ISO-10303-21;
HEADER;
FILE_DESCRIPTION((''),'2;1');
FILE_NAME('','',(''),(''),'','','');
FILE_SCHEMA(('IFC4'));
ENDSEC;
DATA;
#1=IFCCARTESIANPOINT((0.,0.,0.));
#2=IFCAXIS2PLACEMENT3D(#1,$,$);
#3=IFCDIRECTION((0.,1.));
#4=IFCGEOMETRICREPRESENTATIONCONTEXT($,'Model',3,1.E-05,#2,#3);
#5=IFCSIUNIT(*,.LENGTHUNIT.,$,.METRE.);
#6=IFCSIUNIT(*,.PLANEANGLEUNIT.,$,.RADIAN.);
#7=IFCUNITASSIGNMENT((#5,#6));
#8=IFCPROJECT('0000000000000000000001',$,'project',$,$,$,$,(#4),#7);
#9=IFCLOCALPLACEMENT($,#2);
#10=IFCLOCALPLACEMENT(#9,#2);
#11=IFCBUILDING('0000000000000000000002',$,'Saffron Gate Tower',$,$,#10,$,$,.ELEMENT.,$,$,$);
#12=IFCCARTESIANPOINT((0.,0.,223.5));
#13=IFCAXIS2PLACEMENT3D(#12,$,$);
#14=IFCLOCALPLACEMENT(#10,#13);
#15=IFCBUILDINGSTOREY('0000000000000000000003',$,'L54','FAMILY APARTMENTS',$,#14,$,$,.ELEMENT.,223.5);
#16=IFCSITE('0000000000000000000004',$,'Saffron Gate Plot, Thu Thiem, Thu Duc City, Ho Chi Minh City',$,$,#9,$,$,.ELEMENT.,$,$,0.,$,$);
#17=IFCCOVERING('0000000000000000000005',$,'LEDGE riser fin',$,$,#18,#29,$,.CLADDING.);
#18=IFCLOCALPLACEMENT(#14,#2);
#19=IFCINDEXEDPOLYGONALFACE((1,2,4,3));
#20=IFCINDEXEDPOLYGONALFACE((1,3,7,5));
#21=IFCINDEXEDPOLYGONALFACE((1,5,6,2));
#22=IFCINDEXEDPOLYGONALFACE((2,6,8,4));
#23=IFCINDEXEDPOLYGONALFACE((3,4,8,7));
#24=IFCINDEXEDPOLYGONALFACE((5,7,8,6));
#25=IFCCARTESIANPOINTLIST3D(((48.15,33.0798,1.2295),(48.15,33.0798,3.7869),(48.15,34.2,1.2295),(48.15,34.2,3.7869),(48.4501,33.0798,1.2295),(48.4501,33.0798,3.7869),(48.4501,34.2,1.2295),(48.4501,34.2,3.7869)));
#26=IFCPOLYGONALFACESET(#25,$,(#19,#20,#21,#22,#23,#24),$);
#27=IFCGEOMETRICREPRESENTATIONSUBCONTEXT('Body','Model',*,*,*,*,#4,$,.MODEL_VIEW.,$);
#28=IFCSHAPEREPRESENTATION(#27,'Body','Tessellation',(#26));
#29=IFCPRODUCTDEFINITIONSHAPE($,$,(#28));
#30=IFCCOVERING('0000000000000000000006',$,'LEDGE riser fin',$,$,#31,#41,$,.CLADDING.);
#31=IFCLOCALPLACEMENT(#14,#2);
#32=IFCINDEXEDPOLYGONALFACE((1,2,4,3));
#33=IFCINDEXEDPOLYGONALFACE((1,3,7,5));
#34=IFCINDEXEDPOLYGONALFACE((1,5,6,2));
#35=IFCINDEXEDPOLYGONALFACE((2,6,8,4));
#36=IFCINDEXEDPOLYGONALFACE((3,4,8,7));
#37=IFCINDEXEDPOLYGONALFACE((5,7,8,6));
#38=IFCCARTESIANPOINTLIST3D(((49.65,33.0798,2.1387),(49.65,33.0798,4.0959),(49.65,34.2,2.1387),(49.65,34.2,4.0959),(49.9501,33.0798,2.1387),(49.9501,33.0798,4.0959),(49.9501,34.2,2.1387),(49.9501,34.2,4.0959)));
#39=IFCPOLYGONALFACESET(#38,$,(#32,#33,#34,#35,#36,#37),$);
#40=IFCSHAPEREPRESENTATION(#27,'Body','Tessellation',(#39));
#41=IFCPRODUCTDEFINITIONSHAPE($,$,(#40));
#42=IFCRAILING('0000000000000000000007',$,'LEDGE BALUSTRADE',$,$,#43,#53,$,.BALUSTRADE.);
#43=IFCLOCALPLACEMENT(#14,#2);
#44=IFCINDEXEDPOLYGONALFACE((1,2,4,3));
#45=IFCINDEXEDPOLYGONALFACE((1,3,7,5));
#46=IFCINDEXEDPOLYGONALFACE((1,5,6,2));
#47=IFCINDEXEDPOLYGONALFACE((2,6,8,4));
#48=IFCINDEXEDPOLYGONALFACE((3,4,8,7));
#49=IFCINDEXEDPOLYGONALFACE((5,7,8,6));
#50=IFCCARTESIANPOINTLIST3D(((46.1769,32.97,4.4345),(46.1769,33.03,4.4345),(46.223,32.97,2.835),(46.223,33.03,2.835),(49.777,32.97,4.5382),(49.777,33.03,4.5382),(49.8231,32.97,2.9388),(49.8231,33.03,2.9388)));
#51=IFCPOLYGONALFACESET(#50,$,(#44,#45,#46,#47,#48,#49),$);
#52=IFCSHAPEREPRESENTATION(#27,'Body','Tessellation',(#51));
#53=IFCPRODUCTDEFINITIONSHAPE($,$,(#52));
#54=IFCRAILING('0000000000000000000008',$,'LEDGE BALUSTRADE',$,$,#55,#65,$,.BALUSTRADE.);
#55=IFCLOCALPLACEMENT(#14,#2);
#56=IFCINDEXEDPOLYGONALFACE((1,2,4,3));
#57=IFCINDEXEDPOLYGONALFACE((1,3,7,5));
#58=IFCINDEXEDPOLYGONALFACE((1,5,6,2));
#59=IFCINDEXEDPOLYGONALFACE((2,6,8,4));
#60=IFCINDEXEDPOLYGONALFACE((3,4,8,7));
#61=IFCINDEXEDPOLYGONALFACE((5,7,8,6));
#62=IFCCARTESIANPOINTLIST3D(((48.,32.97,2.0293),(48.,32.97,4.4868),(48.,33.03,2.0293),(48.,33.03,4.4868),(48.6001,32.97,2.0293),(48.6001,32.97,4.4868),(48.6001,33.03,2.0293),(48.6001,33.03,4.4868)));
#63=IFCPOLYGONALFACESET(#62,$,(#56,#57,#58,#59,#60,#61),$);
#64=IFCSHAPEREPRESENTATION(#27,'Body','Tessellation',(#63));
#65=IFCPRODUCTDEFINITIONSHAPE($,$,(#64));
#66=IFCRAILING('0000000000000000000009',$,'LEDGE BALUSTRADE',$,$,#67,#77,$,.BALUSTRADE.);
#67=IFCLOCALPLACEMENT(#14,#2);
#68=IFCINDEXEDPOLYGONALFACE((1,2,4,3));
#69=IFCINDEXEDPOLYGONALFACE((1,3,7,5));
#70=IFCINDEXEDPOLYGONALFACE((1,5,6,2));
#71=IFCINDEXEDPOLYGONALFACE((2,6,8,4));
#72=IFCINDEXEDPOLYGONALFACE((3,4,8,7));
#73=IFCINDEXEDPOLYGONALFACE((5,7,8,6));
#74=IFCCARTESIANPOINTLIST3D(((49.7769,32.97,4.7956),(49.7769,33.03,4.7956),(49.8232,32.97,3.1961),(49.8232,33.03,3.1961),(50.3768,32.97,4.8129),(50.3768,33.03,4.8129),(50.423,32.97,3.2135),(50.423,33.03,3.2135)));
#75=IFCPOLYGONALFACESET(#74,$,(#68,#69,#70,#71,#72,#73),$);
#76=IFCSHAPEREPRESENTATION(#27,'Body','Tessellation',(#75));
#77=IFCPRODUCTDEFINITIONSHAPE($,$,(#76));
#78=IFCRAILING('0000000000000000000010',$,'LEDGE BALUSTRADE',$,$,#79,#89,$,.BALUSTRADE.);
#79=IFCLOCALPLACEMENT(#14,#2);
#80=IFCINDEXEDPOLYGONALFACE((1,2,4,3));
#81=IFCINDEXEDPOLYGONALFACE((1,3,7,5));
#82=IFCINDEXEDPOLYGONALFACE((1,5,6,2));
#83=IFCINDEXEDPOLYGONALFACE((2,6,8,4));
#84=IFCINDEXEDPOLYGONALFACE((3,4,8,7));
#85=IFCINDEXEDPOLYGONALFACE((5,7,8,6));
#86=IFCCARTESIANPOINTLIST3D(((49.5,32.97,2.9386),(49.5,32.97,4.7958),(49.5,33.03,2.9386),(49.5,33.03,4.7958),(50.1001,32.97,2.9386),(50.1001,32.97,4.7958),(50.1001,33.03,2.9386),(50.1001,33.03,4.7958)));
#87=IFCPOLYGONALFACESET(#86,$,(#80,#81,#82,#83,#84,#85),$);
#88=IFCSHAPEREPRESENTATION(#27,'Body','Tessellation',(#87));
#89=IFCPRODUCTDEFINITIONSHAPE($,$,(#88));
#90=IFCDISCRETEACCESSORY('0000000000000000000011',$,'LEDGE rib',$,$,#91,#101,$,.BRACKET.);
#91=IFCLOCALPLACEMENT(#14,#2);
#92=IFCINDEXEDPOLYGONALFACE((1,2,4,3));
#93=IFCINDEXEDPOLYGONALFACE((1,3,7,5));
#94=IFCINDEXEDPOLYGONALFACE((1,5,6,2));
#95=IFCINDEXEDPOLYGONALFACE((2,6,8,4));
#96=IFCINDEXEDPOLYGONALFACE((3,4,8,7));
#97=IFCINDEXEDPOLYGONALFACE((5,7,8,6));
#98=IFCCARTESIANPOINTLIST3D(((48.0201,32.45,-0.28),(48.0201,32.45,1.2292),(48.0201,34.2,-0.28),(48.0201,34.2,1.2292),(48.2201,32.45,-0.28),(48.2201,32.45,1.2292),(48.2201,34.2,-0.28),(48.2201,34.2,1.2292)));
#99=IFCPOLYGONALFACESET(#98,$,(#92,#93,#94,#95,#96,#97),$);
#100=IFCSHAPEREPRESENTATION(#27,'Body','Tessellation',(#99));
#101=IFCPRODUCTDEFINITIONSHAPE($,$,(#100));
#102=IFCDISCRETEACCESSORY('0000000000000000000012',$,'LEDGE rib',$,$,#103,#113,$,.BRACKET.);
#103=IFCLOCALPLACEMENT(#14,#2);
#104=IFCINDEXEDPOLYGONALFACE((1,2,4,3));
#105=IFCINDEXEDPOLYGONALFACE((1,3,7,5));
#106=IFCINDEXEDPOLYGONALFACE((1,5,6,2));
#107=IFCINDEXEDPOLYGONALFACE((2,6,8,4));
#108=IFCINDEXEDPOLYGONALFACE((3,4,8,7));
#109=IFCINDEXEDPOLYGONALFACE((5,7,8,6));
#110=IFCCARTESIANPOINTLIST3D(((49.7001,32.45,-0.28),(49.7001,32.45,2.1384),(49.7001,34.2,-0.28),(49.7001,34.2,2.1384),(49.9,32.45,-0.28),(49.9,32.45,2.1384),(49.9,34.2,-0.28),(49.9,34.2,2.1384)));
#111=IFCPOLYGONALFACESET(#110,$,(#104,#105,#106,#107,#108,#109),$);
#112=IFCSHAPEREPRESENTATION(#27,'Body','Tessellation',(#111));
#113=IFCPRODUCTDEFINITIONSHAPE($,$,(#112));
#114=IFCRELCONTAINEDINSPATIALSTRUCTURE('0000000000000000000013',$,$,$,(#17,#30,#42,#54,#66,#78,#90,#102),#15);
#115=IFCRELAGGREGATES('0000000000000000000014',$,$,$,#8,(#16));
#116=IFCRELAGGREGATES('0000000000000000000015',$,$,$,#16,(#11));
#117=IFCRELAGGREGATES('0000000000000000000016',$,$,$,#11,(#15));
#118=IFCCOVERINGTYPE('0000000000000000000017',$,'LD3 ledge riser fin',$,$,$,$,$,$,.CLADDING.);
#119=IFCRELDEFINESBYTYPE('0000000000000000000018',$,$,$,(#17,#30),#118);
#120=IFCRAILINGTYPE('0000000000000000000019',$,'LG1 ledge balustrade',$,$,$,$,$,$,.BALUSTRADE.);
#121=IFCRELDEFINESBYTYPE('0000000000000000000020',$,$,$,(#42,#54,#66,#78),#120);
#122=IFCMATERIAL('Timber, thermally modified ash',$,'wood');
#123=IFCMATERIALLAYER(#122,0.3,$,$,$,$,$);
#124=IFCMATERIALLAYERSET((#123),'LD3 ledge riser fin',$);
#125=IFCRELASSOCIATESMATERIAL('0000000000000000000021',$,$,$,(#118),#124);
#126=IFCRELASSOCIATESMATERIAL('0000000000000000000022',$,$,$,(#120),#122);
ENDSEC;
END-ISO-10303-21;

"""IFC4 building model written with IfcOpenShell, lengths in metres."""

from ifc_helpers import new_model, si_unit, direction, frame, origin, origin_2d, place, context, subcontext, project, spatial, rectangle, extrude, material, layer, layer_set, type_object, element, save


model = new_model("IFC4")

# Units and contexts
model_context = context("Model", 3, precision=1e-05, world=origin(), true_north=direction((0.0, 1.0)))
body_context = subcontext(model_context, "Body", "Model", "MODEL_VIEW")
ifc_project = project(units=[si_unit("LENGTHUNIT", "METRE"), si_unit("PLANEANGLEUNIT", "RADIAN")], contexts=[model_context])

# Site, building, storey
site_placement = place(None, origin())
site = spatial("IfcSite", under=ifc_project, at=site_placement, Name="Saffron Gate Plot, Thu Thiem, Thu Duc City, Ho Chi Minh City", CompositionType="ELEMENT", RefElevation=0.0)
building_placement = place(site_placement, origin())
building = spatial("IfcBuilding", under=site, at=building_placement, Name="Saffron Gate Tower", CompositionType="ELEMENT")
storey_placement = place(building_placement, frame((0.0, 0.0, 223.5)))
storey = spatial("IfcBuildingStorey", under=building, at=storey_placement, Name="L54", Description="FAMILY APARTMENTS", CompositionType="ELEMENT", Elevation=223.5)

# Coverings
ifc_material_1 = material(Name="Timber, thermally modified ash", Category="wood")
ifc_layer_1 = layer(ifc_material_1, 0.3)
ifc_layer_set_1 = layer_set([ifc_layer_1], Name="LD3 ledge riser fin")
covering_type_1 = type_object("IfcCoveringType", Name="LD3 ledge riser fin", PredefinedType="CLADDING", material=ifc_layer_set_1)
covering_1_placement = place(storey_placement, frame((48.3, 33.6399, 1.2295), z_axis=(0.0, 0.0, 1.0), x_axis=(1.0, 0.0, 0.0)))
element("IfcCovering", 1, at=covering_1_placement, inside=storey, type_object=covering_type_1, Name="LEDGE riser fin", PredefinedType="CLADDING", context=body_context, shape_type="SweptSolid", body=[
    extrude(rectangle(XDim=0.3, YDim=1.1201, at=origin_2d()), origin(), (0.0, 0.0, 1.0), 2.5574),
])
covering_2_placement = place(storey_placement, frame((49.8, 33.6399, 2.1387), z_axis=(0.0, 0.0, 1.0), x_axis=(1.0, 0.0, 0.0)))
element("IfcCovering", 2, at=covering_2_placement, inside=storey, type_object=covering_type_1, Name="LEDGE riser fin", PredefinedType="CLADDING", context=body_context, shape_type="SweptSolid", body=[
    extrude(rectangle(XDim=0.3, YDim=1.1201, at=origin_2d()), origin(), (0.0, 0.0, 1.0), 1.9573),
])

# Railings
railing_type = type_object("IfcRailingType", Name="LG1 ledge balustrade", PredefinedType="BALUSTRADE", material=ifc_material_1)
railing_1_placement = place(storey_placement, frame((46.2, 33.0, 2.8347)))
element("IfcRailing", 3, at=railing_1_placement, inside=storey, type_object=railing_type, Name="LEDGE BALUSTRADE", PredefinedType="BALUSTRADE", context=body_context, shape_type="SweptSolid", body=[
    extrude(rectangle(XDim=0.0601, YDim=1.6001, at=origin_2d()), frame((0.0, 0.0, 0.8), z_axis=(0.999585, 0.0, 0.028809), x_axis=(0.0, 1.0, 0.0)), (0.0, 0.0, 1.0), 3.6016),
])
railing_2_placement = place(storey_placement, frame((48.0, 33.0, 2.0293)))
element("IfcRailing", 4, at=railing_2_placement, inside=storey, type_object=railing_type, Name="LEDGE BALUSTRADE", PredefinedType="BALUSTRADE", context=body_context, shape_type="SweptSolid", body=[
    extrude(rectangle(XDim=0.0601, YDim=2.4575, at=origin_2d()), frame((0.0, 0.0, 1.2288), z_axis=(1.0, 0.0, 0.0), x_axis=(0.0, 1.0, 0.0)), (0.0, 0.0, 1.0), 0.6001),
])
railing_3_placement = place(storey_placement, frame((49.8, 33.0, 3.1958)))
element("IfcRailing", 5, at=railing_3_placement, inside=storey, type_object=railing_type, Name="LEDGE BALUSTRADE", PredefinedType="BALUSTRADE", context=body_context, shape_type="SweptSolid", body=[
    extrude(rectangle(XDim=0.0601, YDim=1.6001, at=origin_2d()), frame((0.0, 0.0, 0.8), z_axis=(0.999583, 0.0, 0.028885), x_axis=(0.0, 1.0, 0.0)), (0.0, 0.0, 1.0), 0.6001),
])
railing_4_placement = place(storey_placement, frame((49.5, 33.0, 2.9385)))
element("IfcRailing", 6, at=railing_4_placement, inside=storey, type_object=railing_type, Name="LEDGE BALUSTRADE", PredefinedType="BALUSTRADE", context=body_context, shape_type="SweptSolid", body=[
    extrude(rectangle(XDim=0.0601, YDim=1.8572, at=origin_2d()), frame((0.0, 0.0, 0.9287), z_axis=(1.0, 0.0, 0.0), x_axis=(0.0, 1.0, 0.0)), (0.0, 0.0, 1.0), 0.6001),
])

# Discrete accessories
discrete_accessory_1_placement = place(storey_placement, frame((48.1201, 33.325, -0.28), z_axis=(0.0, 0.0, 1.0), x_axis=(1.0, 0.0, 0.0)))
element("IfcDiscreteAccessory", 7, at=discrete_accessory_1_placement, inside=storey, Name="LEDGE rib", PredefinedType="BRACKET", context=body_context, shape_type="SweptSolid", body=[
    extrude(rectangle(XDim=0.2, YDim=1.75, at=origin_2d()), origin(), (0.0, 0.0, 1.0), 1.5093),
])
discrete_accessory_2_placement = place(storey_placement, frame((49.8, 33.325, -0.28), z_axis=(0.0, 0.0, 1.0), x_axis=(1.0, 0.0, 0.0)))
element("IfcDiscreteAccessory", 8, at=discrete_accessory_2_placement, inside=storey, Name="LEDGE rib", PredefinedType="BRACKET", context=body_context, shape_type="SweptSolid", body=[
    extrude(rectangle(XDim=0.2, YDim=1.75, at=origin_2d()), origin(), (0.0, 0.0, 1.0), 2.4185),
])

save(model, "model.ifc")
